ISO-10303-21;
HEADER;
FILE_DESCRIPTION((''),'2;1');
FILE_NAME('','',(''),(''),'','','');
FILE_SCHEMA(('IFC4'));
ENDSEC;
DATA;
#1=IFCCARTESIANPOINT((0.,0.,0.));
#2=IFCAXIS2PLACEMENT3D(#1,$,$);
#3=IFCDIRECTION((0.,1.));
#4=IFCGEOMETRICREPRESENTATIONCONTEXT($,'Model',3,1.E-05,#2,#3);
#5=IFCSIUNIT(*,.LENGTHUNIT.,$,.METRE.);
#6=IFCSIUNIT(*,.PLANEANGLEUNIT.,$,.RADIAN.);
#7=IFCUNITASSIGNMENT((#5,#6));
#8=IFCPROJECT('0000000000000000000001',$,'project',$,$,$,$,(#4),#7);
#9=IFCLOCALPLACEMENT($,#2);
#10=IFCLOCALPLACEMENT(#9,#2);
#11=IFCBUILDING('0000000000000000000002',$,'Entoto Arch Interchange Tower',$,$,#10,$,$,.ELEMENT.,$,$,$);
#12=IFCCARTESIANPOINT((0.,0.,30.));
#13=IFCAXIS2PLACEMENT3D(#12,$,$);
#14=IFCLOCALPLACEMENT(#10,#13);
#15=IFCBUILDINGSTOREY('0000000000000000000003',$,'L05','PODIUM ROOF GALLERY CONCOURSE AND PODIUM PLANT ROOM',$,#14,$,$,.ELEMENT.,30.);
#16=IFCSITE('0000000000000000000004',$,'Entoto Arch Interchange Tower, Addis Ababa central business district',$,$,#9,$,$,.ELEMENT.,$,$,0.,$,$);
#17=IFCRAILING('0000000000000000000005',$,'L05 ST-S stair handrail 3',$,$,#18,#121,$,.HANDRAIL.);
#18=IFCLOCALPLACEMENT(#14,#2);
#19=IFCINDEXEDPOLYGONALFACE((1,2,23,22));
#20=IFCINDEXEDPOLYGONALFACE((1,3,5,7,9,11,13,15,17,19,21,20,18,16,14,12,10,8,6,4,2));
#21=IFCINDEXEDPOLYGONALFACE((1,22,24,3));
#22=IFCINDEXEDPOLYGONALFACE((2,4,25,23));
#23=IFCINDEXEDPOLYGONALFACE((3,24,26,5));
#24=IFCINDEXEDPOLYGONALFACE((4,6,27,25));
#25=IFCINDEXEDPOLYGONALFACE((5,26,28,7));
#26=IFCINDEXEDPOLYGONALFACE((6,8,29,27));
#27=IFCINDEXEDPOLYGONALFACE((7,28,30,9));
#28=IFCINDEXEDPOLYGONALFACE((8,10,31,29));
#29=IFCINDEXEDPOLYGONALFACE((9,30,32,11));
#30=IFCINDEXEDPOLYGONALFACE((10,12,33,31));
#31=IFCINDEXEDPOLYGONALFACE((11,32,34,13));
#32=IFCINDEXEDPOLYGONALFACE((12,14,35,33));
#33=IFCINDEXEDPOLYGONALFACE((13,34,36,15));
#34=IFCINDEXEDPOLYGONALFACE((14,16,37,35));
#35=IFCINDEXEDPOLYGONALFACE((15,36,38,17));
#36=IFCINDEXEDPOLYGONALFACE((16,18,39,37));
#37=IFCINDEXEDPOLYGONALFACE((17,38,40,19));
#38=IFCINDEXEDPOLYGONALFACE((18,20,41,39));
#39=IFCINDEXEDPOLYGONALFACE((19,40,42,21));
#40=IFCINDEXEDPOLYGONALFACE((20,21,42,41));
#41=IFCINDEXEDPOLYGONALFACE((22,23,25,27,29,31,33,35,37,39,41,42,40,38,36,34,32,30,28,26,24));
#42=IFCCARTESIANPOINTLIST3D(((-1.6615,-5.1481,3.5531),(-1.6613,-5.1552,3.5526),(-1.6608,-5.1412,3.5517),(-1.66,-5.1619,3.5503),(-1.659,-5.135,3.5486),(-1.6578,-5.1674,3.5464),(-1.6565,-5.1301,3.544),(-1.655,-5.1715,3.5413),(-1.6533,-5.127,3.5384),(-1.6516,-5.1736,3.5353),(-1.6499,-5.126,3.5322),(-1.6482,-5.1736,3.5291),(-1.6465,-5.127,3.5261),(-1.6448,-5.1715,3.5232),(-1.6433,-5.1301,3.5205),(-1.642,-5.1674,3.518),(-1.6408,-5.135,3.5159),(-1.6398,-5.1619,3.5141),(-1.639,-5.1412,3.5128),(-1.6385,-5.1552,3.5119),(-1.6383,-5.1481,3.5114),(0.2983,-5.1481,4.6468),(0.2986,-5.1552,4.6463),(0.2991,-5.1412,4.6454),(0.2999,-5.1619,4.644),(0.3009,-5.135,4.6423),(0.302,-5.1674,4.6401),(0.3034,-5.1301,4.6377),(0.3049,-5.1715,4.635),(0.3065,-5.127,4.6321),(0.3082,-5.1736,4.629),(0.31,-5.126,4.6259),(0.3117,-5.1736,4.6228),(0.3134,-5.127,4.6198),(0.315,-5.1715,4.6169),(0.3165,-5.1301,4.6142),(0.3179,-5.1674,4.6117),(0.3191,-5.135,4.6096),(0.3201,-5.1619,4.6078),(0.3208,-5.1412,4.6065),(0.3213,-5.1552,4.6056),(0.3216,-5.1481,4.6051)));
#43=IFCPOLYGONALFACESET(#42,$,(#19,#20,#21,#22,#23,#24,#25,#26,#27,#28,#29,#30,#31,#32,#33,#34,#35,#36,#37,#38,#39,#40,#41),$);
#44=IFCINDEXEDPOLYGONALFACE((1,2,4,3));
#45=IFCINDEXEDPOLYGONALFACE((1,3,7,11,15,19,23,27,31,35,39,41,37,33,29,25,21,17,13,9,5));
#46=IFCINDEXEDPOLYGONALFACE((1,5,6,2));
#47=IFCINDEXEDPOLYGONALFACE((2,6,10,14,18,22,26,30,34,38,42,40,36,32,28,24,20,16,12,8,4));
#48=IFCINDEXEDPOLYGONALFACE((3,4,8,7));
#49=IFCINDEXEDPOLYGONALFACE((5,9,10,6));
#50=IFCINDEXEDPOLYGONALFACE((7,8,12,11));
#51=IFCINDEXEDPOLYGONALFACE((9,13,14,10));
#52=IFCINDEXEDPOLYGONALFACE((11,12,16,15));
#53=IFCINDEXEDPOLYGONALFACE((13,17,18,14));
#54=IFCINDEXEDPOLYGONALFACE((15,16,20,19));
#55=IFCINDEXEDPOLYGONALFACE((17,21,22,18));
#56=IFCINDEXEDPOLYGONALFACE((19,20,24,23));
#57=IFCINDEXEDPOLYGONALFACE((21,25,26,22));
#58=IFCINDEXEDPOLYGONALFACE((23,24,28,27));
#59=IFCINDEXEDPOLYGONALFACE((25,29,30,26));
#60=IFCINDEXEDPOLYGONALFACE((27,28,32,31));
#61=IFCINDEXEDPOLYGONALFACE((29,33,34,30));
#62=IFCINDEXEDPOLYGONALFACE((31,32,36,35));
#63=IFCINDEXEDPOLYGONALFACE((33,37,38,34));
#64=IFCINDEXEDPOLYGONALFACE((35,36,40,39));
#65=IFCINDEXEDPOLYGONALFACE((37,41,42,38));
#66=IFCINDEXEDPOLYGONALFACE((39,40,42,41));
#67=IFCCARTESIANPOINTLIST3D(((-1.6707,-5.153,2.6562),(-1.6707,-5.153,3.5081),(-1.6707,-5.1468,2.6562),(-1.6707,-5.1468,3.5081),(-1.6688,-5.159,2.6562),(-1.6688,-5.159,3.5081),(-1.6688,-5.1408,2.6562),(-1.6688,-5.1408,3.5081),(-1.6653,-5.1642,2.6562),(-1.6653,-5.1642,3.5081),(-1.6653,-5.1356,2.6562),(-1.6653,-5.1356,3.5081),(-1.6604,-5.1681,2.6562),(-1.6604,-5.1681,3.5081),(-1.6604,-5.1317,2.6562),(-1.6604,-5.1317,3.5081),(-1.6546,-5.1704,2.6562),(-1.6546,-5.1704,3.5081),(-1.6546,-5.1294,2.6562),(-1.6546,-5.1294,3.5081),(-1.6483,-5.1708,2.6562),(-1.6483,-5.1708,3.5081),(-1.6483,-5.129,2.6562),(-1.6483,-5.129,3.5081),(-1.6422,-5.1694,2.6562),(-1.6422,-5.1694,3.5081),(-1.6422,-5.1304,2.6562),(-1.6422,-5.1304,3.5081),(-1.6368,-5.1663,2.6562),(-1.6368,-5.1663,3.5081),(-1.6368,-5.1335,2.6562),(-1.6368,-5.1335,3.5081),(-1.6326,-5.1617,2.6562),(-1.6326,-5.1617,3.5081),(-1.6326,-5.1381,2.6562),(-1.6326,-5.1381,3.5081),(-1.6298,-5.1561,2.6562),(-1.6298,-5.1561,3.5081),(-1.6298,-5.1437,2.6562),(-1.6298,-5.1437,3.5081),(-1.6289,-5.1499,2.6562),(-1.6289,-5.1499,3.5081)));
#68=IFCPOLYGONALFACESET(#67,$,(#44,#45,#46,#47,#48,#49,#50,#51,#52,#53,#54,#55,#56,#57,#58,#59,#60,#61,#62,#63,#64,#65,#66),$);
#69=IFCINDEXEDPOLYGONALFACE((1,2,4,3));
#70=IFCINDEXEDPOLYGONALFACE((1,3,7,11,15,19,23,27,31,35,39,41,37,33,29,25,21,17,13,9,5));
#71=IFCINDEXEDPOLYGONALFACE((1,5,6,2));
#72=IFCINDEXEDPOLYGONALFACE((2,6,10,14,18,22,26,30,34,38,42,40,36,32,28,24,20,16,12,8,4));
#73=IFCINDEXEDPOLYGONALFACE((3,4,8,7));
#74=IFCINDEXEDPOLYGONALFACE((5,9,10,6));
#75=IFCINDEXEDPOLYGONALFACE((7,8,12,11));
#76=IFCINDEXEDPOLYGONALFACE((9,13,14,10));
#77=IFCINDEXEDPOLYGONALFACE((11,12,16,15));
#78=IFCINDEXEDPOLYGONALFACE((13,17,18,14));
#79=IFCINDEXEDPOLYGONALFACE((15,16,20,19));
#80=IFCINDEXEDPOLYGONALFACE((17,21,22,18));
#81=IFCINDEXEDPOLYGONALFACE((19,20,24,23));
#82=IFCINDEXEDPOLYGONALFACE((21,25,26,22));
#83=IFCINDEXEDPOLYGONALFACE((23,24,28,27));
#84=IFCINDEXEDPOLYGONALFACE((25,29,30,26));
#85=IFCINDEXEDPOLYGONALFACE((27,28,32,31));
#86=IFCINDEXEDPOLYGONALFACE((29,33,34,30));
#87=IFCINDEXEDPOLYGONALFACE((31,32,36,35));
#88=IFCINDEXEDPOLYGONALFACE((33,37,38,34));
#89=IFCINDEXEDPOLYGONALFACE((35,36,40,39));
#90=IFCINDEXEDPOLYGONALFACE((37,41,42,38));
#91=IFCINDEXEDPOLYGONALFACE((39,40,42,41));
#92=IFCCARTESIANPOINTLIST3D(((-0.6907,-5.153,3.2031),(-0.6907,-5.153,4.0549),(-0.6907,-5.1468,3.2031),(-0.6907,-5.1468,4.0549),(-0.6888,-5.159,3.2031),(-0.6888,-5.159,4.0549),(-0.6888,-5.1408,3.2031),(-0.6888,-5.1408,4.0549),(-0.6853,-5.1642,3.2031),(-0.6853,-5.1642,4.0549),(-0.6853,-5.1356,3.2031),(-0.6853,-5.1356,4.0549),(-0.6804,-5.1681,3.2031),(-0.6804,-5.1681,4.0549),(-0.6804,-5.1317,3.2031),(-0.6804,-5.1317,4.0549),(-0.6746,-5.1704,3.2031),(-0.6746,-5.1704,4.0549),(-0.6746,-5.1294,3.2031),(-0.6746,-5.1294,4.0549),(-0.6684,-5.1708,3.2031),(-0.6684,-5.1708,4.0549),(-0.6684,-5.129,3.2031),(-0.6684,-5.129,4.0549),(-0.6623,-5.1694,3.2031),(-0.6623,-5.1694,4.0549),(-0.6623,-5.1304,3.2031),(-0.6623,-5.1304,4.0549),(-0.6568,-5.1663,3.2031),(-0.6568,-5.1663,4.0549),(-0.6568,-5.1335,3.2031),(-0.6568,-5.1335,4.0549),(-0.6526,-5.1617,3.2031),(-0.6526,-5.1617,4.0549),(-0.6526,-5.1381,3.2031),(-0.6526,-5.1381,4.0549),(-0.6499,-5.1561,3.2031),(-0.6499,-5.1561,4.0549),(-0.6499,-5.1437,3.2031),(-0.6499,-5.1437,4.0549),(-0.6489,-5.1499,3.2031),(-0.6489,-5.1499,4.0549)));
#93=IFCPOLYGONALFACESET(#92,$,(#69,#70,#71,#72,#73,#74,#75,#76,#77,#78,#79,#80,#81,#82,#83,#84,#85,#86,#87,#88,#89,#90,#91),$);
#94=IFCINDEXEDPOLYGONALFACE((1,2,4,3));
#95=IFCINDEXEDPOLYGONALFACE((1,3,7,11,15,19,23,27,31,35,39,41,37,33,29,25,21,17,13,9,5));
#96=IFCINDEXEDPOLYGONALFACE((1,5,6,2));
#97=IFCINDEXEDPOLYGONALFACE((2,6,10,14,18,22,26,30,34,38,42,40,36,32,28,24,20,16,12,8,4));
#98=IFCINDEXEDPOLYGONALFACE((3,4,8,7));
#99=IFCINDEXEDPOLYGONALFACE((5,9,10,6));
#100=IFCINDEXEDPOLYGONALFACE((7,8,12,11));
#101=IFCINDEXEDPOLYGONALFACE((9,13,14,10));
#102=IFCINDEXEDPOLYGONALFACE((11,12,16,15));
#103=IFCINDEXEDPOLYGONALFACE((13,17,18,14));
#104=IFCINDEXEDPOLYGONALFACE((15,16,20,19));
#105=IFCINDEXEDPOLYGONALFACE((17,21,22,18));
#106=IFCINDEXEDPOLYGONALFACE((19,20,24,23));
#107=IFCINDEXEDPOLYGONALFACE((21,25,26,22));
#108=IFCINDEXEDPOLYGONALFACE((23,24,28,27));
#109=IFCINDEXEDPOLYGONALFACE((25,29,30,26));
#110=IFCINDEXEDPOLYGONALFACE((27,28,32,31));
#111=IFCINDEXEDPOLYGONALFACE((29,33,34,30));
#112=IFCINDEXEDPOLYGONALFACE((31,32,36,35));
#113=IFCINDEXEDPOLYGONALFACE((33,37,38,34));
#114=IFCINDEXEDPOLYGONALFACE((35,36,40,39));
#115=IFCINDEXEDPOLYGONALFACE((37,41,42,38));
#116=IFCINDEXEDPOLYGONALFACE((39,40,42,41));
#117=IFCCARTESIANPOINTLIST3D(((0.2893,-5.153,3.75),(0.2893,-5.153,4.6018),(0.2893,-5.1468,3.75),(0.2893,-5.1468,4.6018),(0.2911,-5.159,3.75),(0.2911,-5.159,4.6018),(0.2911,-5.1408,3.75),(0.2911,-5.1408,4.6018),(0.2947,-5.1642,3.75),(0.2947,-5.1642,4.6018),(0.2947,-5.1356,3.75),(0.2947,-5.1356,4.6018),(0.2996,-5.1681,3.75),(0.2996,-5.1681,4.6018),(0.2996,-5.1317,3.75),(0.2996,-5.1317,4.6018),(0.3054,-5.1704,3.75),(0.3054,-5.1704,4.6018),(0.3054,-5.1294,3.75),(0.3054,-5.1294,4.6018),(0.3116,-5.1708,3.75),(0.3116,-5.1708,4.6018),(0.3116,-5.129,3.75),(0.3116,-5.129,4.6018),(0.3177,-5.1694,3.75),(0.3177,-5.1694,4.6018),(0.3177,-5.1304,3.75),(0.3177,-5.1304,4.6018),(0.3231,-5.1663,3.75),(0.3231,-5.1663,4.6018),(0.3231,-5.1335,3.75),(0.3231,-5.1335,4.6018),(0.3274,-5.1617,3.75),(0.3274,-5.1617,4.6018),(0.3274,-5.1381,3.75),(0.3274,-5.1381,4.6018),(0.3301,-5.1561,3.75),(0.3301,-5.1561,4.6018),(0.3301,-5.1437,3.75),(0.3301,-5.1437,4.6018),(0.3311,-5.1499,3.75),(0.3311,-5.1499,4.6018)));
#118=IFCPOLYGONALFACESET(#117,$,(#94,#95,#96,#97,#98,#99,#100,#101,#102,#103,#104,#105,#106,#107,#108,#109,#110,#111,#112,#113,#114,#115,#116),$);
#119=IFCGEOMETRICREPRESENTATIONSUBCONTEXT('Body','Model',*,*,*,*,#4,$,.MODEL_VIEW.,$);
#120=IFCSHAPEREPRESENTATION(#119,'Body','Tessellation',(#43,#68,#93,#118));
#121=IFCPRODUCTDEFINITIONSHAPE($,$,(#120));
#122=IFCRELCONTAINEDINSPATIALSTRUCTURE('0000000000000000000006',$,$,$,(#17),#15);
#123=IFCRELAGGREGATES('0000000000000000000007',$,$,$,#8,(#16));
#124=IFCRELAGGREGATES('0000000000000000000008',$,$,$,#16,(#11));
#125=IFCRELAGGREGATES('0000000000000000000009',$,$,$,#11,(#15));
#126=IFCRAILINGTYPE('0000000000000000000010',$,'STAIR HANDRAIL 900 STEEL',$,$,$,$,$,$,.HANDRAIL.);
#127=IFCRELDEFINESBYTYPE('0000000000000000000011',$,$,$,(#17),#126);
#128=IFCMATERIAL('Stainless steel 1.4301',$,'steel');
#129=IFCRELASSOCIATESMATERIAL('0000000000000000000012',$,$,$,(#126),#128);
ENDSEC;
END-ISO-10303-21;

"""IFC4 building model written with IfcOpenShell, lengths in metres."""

from ifc_helpers import new_model, si_unit, direction, frame, origin, origin_2d, place, context, subcontext, project, spatial, circle, extrude, material, type_object, element, save


model = new_model("IFC4")

# Units and contexts
model_context = context("Model", 3, precision=1e-05, world=origin(), true_north=direction((0.0, 1.0)))
body_context = subcontext(model_context, "Body", "Model", "MODEL_VIEW")
ifc_project = project(units=[si_unit("LENGTHUNIT", "METRE"), si_unit("PLANEANGLEUNIT", "RADIAN")], contexts=[model_context])

# Site, building, storey
site_placement = place(None, origin())
site = spatial("IfcSite", under=ifc_project, at=site_placement, Name="Entoto Arch Interchange Tower, Addis Ababa central business district", CompositionType="ELEMENT", RefElevation=0.0)
building_placement = place(site_placement, origin())
building = spatial("IfcBuilding", under=site, at=building_placement, Name="Entoto Arch Interchange Tower", CompositionType="ELEMENT")
storey_placement = place(building_placement, frame((0.0, 0.0, 30.0)))
storey = spatial("IfcBuildingStorey", under=building, at=storey_placement, Name="L05", Description="PODIUM ROOF GALLERY CONCOURSE AND PODIUM PLANT ROOM", CompositionType="ELEMENT", Elevation=30.0)

# Railing
ifc_material_1 = material(Name="Stainless steel 1.4301", Category="steel")
railing_type_1 = type_object("IfcRailingType", Name="STAIR HANDRAIL 900 STEEL", PredefinedType="HANDRAIL", material=ifc_material_1)
for number, where, name in (
    (1, (-1.6499, -5.1499, 2.6562), "L05 ST-S stair handrail 3"),
):
    element("IfcRailing", number, at=place(storey_placement, frame(where)), inside=storey, type_object=railing_type_1, Name=name, PredefinedType="HANDRAIL", context=body_context, shape_type="SweptSolid", body=[
        extrude(circle(Radius=0.0239, at=origin_2d()), frame((0.0, 0.0, 0.876), z_axis=(0.873232, 0.0, 0.487304), x_axis=(0.0, 1.0, 0.0)), (0.0, 0.0, 1.0), 2.2444),
        extrude(circle(Radius=0.021, at=origin_2d()), origin(), (0.0, 0.0, 1.0), 0.8518),
        extrude(circle(Radius=0.021, at=origin_2d()), frame((0.98, 0.0, 0.5469)), (0.0, 0.0, 1.0), 0.8518),
        extrude(circle(Radius=0.021, at=origin_2d()), frame((1.96, 0.0, 1.0938)), (0.0, 0.0, 1.0), 0.8518),
    ])

save(model, "model.ifc")
